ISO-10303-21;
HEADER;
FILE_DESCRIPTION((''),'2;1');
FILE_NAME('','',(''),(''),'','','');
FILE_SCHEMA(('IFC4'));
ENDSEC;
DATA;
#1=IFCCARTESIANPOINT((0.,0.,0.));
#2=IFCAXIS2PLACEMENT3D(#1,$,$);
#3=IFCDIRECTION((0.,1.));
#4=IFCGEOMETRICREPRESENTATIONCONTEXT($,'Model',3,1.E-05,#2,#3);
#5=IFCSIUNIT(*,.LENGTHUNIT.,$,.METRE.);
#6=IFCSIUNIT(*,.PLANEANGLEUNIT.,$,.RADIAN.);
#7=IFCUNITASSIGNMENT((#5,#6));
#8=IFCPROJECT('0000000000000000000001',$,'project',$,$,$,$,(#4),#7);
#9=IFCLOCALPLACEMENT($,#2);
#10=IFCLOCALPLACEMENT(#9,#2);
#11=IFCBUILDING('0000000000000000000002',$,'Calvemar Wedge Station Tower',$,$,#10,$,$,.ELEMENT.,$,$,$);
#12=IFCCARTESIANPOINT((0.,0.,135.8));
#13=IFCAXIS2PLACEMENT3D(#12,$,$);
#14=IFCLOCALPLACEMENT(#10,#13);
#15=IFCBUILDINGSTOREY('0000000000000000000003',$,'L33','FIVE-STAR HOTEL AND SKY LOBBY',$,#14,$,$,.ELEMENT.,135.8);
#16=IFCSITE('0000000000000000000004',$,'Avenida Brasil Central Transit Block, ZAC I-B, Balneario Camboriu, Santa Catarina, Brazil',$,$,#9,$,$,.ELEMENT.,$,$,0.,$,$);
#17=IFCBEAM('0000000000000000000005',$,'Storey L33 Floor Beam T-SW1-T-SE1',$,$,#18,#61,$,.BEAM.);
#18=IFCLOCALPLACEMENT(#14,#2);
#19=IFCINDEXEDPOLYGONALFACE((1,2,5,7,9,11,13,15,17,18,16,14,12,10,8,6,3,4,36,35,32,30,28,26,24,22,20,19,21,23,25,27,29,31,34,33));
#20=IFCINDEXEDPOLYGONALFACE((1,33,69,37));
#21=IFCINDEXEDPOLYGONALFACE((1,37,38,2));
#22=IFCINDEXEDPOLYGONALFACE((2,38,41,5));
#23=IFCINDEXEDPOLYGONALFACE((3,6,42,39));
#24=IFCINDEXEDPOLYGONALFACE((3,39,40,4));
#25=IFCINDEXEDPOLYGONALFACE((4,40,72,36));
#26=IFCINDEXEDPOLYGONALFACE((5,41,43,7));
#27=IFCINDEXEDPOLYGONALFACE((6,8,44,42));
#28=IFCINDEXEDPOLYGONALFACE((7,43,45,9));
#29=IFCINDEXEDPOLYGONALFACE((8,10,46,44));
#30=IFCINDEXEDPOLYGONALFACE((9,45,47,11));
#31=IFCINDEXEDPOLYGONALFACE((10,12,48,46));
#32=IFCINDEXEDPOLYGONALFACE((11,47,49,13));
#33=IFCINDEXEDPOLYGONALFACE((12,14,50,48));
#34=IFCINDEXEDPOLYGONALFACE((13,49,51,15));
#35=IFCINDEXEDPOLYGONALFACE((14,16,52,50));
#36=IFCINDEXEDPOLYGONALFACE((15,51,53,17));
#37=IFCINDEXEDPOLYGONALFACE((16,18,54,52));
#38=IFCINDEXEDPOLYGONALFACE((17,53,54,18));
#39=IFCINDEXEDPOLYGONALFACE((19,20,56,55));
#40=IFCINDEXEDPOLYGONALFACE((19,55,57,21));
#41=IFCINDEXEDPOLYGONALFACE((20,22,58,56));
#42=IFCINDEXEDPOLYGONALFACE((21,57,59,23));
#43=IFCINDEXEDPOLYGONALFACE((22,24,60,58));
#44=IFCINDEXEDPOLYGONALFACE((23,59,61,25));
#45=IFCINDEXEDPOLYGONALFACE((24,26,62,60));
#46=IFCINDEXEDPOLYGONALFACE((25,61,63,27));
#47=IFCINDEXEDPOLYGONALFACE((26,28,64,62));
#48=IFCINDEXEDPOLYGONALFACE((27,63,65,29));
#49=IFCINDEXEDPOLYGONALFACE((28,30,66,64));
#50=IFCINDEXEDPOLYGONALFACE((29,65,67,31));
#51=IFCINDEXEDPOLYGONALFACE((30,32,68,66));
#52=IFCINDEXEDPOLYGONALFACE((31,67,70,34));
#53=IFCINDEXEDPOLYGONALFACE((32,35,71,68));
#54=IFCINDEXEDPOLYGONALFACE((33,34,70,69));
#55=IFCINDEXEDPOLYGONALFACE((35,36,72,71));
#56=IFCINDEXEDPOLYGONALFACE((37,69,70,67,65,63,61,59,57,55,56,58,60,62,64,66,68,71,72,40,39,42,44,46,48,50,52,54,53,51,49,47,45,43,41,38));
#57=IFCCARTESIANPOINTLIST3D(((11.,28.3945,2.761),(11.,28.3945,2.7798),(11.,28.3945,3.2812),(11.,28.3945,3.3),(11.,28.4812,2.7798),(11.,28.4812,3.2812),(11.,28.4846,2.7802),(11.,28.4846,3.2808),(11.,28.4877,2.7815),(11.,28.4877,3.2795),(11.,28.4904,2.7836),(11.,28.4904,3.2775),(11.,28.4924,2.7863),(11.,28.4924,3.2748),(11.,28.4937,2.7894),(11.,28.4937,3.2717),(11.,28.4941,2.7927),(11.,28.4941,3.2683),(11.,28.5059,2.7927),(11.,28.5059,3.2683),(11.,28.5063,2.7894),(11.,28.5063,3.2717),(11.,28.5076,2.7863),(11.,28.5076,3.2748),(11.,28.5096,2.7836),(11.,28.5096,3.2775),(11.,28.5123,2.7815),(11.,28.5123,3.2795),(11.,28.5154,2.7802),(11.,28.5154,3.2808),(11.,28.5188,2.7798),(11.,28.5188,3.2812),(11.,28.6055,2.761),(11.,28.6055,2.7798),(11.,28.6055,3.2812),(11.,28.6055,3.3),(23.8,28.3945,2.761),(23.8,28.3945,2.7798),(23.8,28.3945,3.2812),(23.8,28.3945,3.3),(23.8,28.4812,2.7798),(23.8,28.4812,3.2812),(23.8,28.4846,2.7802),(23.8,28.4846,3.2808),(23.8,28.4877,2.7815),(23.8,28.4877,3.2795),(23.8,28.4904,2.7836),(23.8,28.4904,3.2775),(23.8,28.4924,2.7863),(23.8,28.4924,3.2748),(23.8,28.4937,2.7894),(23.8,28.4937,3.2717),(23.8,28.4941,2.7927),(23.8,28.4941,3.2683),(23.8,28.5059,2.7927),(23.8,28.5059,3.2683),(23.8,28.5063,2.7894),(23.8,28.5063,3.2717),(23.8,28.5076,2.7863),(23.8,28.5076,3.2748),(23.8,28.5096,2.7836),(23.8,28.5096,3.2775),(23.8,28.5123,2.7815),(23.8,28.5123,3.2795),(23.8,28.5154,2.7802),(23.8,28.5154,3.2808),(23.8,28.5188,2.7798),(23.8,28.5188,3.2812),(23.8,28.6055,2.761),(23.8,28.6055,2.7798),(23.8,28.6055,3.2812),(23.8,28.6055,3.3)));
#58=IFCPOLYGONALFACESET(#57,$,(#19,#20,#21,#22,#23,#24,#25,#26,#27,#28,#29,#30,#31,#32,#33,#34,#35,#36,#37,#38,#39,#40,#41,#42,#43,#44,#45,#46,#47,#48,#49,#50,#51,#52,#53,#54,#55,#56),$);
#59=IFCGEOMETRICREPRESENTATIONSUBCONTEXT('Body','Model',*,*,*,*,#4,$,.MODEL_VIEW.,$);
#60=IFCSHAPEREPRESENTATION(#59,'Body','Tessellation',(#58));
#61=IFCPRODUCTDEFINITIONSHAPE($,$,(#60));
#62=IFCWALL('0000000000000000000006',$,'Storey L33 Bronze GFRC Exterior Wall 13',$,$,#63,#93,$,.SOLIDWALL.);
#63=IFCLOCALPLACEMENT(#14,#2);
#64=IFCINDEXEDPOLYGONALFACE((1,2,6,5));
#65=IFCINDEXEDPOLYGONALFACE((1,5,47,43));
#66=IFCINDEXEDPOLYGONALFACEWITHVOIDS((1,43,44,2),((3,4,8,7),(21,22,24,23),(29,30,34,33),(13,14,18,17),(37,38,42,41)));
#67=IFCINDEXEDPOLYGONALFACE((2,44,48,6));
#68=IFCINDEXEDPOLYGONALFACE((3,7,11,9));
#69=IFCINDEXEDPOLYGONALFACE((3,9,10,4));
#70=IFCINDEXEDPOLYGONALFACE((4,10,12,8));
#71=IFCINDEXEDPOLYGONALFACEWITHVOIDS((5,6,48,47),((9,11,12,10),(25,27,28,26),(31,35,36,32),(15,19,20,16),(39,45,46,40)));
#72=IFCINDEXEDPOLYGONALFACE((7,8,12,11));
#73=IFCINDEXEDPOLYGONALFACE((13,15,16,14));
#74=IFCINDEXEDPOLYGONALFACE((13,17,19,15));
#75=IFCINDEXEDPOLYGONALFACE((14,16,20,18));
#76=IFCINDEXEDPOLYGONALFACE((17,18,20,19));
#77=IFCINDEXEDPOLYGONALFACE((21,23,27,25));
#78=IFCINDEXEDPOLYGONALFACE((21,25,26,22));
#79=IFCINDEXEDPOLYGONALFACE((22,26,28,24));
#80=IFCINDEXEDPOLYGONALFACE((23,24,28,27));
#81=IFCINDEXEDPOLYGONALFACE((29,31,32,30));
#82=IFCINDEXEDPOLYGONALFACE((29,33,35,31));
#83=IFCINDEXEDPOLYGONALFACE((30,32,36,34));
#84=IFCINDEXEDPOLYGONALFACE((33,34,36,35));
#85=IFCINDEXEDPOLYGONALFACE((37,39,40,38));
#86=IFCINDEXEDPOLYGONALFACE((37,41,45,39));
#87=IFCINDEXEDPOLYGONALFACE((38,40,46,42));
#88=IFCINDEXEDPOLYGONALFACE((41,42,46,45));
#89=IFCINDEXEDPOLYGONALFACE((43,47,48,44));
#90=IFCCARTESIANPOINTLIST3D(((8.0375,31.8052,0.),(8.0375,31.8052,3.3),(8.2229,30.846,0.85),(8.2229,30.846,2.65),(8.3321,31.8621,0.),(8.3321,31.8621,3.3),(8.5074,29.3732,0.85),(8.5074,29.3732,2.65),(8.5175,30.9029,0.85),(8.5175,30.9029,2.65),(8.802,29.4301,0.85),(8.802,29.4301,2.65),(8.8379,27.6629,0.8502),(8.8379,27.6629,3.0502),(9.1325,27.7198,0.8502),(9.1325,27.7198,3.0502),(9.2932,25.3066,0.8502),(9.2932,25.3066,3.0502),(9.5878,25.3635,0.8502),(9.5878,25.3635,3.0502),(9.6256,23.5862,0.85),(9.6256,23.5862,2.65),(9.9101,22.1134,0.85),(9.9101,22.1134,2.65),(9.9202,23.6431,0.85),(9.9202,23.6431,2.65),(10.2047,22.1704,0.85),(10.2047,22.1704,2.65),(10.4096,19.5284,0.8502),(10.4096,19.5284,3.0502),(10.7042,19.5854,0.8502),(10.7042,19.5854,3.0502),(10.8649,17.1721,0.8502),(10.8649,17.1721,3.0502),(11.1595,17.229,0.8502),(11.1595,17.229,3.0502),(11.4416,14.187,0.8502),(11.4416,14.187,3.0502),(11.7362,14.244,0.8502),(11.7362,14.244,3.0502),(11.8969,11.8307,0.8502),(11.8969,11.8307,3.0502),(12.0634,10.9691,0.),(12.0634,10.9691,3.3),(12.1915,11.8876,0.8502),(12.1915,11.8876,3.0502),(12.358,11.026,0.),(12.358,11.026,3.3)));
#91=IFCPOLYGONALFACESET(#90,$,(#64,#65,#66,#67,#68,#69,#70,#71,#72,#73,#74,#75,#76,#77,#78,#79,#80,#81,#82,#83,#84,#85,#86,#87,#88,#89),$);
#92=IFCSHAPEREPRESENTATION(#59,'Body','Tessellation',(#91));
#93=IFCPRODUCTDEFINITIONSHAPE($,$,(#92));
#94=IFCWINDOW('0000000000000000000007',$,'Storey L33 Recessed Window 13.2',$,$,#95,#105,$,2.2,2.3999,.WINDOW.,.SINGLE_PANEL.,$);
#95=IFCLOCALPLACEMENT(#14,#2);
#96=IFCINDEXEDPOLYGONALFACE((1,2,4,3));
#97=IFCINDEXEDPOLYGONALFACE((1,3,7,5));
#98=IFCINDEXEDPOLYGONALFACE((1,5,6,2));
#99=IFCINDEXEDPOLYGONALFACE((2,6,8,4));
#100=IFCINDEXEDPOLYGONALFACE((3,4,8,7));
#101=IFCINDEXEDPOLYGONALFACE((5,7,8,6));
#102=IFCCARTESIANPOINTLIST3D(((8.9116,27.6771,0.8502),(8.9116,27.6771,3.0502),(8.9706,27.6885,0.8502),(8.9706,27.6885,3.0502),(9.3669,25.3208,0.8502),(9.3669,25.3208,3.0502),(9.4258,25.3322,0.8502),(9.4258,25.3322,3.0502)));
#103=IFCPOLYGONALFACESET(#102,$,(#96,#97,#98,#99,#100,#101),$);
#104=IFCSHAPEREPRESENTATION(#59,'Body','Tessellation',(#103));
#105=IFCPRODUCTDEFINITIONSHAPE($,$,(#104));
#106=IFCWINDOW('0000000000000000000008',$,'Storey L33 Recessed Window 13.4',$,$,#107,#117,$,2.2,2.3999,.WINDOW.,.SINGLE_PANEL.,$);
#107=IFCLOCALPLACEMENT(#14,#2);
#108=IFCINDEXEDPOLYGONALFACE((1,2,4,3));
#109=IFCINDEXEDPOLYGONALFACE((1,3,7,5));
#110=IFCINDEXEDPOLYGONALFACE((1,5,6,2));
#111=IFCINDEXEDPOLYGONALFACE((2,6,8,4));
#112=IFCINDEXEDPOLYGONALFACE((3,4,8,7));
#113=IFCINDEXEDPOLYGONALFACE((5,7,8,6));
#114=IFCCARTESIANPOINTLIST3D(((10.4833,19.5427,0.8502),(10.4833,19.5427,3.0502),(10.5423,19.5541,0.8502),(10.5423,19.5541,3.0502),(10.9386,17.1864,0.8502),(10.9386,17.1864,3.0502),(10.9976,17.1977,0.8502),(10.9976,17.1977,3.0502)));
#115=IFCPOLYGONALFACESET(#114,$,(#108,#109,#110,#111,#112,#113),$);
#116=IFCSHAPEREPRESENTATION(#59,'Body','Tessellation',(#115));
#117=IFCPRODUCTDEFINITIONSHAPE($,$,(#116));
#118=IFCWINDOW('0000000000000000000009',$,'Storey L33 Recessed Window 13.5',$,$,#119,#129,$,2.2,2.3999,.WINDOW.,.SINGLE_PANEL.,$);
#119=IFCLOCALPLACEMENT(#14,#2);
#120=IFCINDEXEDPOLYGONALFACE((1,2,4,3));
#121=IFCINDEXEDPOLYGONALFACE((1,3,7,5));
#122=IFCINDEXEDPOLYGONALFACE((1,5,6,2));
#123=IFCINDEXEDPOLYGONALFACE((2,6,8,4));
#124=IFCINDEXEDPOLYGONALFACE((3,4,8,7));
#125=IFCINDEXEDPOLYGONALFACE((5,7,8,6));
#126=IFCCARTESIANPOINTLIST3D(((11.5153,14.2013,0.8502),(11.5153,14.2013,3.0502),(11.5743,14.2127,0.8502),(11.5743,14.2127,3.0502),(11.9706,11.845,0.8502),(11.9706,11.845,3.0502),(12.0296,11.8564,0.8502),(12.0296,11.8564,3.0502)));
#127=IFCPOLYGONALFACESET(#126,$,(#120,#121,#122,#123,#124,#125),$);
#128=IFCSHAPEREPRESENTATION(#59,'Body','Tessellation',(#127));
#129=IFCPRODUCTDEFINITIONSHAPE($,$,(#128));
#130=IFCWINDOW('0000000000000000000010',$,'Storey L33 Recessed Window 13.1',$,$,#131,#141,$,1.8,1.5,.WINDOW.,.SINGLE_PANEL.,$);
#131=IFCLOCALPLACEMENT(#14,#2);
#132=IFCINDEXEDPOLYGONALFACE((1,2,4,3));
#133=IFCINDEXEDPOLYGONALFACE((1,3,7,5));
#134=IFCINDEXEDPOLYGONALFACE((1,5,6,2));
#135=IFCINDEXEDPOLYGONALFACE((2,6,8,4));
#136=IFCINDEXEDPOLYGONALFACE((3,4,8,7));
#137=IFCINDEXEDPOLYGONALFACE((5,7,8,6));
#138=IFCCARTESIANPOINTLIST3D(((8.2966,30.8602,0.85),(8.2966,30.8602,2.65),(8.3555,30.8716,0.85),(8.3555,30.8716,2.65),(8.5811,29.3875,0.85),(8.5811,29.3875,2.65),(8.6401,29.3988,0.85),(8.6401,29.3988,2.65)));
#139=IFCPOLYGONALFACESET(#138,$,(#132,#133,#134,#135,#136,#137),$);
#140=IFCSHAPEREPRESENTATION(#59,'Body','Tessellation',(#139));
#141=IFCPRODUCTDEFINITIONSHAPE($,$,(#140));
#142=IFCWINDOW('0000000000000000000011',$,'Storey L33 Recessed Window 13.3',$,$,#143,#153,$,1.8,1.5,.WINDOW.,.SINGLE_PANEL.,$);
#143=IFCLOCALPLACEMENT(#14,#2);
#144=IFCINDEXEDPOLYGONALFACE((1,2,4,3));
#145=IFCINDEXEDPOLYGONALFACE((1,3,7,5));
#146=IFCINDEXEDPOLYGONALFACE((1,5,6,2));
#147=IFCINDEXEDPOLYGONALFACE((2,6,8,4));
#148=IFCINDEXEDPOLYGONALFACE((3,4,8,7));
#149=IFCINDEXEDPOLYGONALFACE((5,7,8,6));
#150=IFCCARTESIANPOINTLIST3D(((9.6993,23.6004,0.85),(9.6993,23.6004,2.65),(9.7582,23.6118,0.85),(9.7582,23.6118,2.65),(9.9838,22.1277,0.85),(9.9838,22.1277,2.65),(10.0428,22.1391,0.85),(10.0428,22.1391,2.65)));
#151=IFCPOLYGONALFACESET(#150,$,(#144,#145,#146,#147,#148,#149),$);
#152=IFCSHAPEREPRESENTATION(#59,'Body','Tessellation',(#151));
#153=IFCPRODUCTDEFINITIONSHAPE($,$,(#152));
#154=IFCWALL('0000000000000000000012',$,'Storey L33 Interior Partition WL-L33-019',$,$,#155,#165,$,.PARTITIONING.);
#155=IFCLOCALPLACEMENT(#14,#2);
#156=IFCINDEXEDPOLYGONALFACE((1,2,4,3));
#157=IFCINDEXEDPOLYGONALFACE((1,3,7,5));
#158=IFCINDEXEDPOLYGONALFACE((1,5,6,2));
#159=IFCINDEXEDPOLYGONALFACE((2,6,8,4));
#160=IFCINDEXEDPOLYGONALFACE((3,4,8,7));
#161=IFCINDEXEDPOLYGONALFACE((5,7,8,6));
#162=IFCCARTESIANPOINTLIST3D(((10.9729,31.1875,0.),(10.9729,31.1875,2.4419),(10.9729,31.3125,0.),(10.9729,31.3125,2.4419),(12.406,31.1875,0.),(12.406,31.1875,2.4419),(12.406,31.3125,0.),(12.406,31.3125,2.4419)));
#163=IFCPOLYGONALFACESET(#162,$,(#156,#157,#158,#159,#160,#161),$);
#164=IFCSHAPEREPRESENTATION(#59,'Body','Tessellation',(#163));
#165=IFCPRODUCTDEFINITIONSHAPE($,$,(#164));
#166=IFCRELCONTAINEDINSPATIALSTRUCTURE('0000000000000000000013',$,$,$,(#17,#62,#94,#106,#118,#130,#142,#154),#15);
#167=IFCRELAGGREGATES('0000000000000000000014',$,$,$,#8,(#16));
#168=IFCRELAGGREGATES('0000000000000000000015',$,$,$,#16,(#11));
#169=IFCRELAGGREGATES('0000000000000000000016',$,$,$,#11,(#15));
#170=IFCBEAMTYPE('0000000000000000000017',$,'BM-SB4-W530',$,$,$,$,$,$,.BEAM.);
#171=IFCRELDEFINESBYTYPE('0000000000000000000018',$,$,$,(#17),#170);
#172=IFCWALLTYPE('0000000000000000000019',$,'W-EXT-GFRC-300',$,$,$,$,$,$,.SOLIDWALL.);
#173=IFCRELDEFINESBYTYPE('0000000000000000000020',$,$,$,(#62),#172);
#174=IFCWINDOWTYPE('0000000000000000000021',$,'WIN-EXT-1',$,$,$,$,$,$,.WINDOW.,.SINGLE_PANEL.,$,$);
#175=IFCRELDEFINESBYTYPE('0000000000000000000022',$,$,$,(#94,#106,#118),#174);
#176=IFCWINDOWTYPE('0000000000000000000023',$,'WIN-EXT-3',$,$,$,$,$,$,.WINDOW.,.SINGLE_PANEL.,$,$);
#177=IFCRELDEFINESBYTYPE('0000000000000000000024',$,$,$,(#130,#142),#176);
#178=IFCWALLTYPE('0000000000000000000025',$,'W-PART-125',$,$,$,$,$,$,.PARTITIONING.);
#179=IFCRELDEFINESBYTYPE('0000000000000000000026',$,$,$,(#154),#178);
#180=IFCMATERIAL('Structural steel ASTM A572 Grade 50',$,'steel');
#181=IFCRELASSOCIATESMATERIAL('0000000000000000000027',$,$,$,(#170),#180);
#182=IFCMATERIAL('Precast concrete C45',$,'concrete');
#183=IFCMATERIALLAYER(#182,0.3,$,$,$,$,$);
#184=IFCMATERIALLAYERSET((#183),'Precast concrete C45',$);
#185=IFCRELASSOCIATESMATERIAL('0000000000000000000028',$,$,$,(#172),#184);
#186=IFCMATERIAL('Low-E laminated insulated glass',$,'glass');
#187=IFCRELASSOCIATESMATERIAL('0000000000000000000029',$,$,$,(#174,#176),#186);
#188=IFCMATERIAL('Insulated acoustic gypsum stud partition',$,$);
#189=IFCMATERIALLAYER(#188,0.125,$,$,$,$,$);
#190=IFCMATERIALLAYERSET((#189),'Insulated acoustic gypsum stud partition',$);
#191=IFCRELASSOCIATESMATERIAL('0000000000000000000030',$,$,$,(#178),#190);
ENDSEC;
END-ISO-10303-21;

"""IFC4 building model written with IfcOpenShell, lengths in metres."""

from ifc_helpers import new_model, si_unit, direction, frame, frame_2d, origin, origin_2d, place, context, subcontext, project, spatial, rectangle, i_section, extrude, source, transform, mapped, material, layer, layer_set, material_profile, profile_set, type_object, element, fill, save


model = new_model("IFC4")

# Units and contexts
model_context = context("Model", 3, precision=1e-05, world=origin(), true_north=direction((0.0, 1.0)))
body_context = subcontext(model_context, "Body", "Model", "MODEL_VIEW")
ifc_project = project(units=[si_unit("LENGTHUNIT", "METRE"), si_unit("PLANEANGLEUNIT", "RADIAN")], contexts=[model_context])

# Site, building, storey
site_placement = place(None, origin())
site = spatial("IfcSite", under=ifc_project, at=site_placement, Name="Avenida Brasil Central Transit Block, ZAC I-B, Balneario Camboriu, Santa Catarina, Brazil", CompositionType="ELEMENT", RefElevation=0.0)
building_placement = place(site_placement, origin())
building = spatial("IfcBuilding", under=site, at=building_placement, Name="Calvemar Wedge Station Tower", CompositionType="ELEMENT")
storey_placement = place(building_placement, frame((0.0, 0.0, 135.8)))
storey = spatial("IfcBuildingStorey", under=building, at=storey_placement, Name="L33", Description="FIVE-STAR HOTEL AND SKY LOBBY", CompositionType="ELEMENT", Elevation=135.8)

# Beam
ifc_material_1 = material(Name="Structural steel ASTM A572 Grade 50", Category="steel")
ifc_material_profile_1 = material_profile(ifc_material_1, i_section(OverallWidth=0.2109, OverallDepth=0.5391, WebThickness=0.0117, FlangeThickness=0.0188, FilletRadius=0.0129, at=origin_2d()), Name="W530x109")
ifc_profile_set_1 = profile_set([ifc_material_profile_1], Name="Structural steel ASTM A572 Grade 50")
beam_type_1 = type_object("IfcBeamType", Name="BM-SB4-W530", PredefinedType="BEAM", material=ifc_profile_set_1)
shared_shape_1 = source(origin(), body_context, "Body", "SweptSolid", [
    extrude(i_section(OverallWidth=0.2109, OverallDepth=0.5391, WebThickness=0.0117, FlangeThickness=0.0188, FilletRadius=0.0129, at=origin_2d()), origin(), (0.0, 0.0, 1.0), 12.8),
])
beam_1_placement = place(storey_placement, frame((11.0, 28.5, 3.0305), z_axis=(1.0, 0.0, 0.0), x_axis=(0.0, 1.0, 0.0)))
element("IfcBeam", 1, at=beam_1_placement, inside=storey, type_object=beam_type_1, Name="Storey L33 Floor Beam T-SW1-T-SE1", PredefinedType="BEAM", context=body_context, shape_type="MappedRepresentation", body=[
    mapped(shared_shape_1, transform((0.0, 0.0, 0.0), scale=1.0)),
])

# Wall, openings, windows
ifc_material_2 = material(Name="Precast concrete C45", Category="concrete")
ifc_layer_1 = layer(ifc_material_2, 0.3)
ifc_layer_set_1 = layer_set([ifc_layer_1], Name="Precast concrete C45")
wall_type_1 = type_object("IfcWallType", Name="W-EXT-GFRC-300", PredefinedType="SOLIDWALL", material=ifc_layer_set_1)
wall_1_placement = place(storey_placement, frame((8.1848, 31.8337, 0.0), z_axis=(0.0, 0.0, 1.0), x_axis=(0.189707, -0.981841, 0.0)))
wall_1 = element("IfcWall", 2, at=wall_1_placement, inside=storey, type_object=wall_type_1, Name="Storey L33 Bronze GFRC Exterior Wall 13", PredefinedType="SOLIDWALL", context=body_context, shape_type="SweptSolid", body=[
    extrude(rectangle(XDim=21.2214, YDim=0.3, at=frame_2d((10.6108, 0.0))), origin(), (0.0, 0.0, 1.0), 3.3),
])
shared_shape_2 = source(origin(), body_context, "Body", "SweptSolid", [
    extrude(rectangle(XDim=1.5, YDim=1.8, at=frame_2d((0.75, 0.8999))), frame((0.0, 0.1602, 0.0), z_axis=(0.0, -1.0, 0.0), x_axis=(1.0, 0.0, 0.0)), (0.0, 0.0, 1.0), 0.3201),
])
opening_1_placement = place(wall_1_placement, frame((0.9771, 0.0, 0.8501)))
opening_1 = element("IfcOpeningElement", 3, at=opening_1_placement, cuts=wall_1, PredefinedType="OPENING", context=body_context, shape_type="MappedRepresentation", body=[
    mapped(shared_shape_2, transform((0.0, 0.0, 0.0), scale=1.0)),
])
shared_shape_3 = source(origin(), body_context, "Body", "SweptSolid", [
    extrude(rectangle(XDim=2.3999, YDim=2.2, at=frame_2d((1.2, 1.1001))), frame((0.0, 0.1602, 0.0), z_axis=(0.0, -1.0, 0.0), x_axis=(1.0, 0.0, 0.0)), (0.0, 0.0, 1.0), 0.3201),
])
opening_2_placement = place(wall_1_placement, frame((4.219, 0.0, 0.8501)))
opening_2 = element("IfcOpeningElement", 4, at=opening_2_placement, cuts=wall_1, PredefinedType="OPENING", context=body_context, shape_type="MappedRepresentation", body=[
    mapped(shared_shape_3, transform((0.0, 0.0, 0.0), scale=1.0)),
])
opening_3_placement = place(wall_1_placement, frame((8.3711, 0.0, 0.8501)))
opening_3 = element("IfcOpeningElement", 5, at=opening_3_placement, cuts=wall_1, PredefinedType="OPENING", context=body_context, shape_type="MappedRepresentation", body=[
    mapped(shared_shape_2, transform((0.0, 0.0, 0.0), scale=1.0)),
])
opening_4_placement = place(wall_1_placement, frame((12.5039, 0.0, 0.8501)))
opening_4 = element("IfcOpeningElement", 6, at=opening_4_placement, cuts=wall_1, PredefinedType="OPENING", context=body_context, shape_type="MappedRepresentation", body=[
    mapped(shared_shape_3, transform((0.0, 0.0, 0.0), scale=1.0)),
])
opening_5_placement = place(wall_1_placement, frame((17.9441, 0.0, 0.8501)))
opening_5 = element("IfcOpeningElement", 7, at=opening_5_placement, cuts=wall_1, PredefinedType="OPENING", context=body_context, shape_type="MappedRepresentation", body=[
    mapped(shared_shape_3, transform((0.0, 0.0, 0.0), scale=1.0)),
])
ifc_material_3 = material(Name="Low-E laminated insulated glass", Category="glass")
window_type_1 = type_object("IfcWindowType", Name="WIN-EXT-1", PartitioningType="SINGLE_PANEL", PredefinedType="WINDOW", material=ifc_material_3)
shared_shape_4 = source(origin(), body_context, "Body", "SweptSolid", [
    extrude(rectangle(XDim=2.3999, YDim=2.2, at=frame_2d((1.2, 1.1001))), frame((0.0, -0.0149, 0.0), z_axis=(0.0, -1.0, 0.0), x_axis=(1.0, 0.0, 0.0)), (0.0, 0.0, 1.0), 0.0601),
])
window_1_placement = place(opening_2_placement, origin())
window_1 = element("IfcWindow", 8, at=window_1_placement, inside=storey, type_object=window_type_1, Name="Storey L33 Recessed Window 13.2", OverallHeight=2.2, OverallWidth=2.3999, PartitioningType="SINGLE_PANEL", PredefinedType="WINDOW", context=body_context, shape_type="MappedRepresentation", body=[
    mapped(shared_shape_4, transform((0.0, 0.0, 0.0), scale=1.0)),
])
fill(opening_2, window_1)
window_2_placement = place(opening_4_placement, origin())
window_2 = element("IfcWindow", 9, at=window_2_placement, inside=storey, type_object=window_type_1, Name="Storey L33 Recessed Window 13.4", OverallHeight=2.2, OverallWidth=2.3999, PartitioningType="SINGLE_PANEL", PredefinedType="WINDOW", context=body_context, shape_type="MappedRepresentation", body=[
    mapped(shared_shape_4, transform((0.0, 0.0, 0.0), scale=1.0)),
])
fill(opening_4, window_2)
window_3_placement = place(opening_5_placement, origin())
window_3 = element("IfcWindow", 10, at=window_3_placement, inside=storey, type_object=window_type_1, Name="Storey L33 Recessed Window 13.5", OverallHeight=2.2, OverallWidth=2.3999, PartitioningType="SINGLE_PANEL", PredefinedType="WINDOW", context=body_context, shape_type="MappedRepresentation", body=[
    mapped(shared_shape_4, transform((0.0, 0.0, 0.0), scale=1.0)),
])
fill(opening_5, window_3)
window_type_2 = type_object("IfcWindowType", Name="WIN-EXT-3", PartitioningType="SINGLE_PANEL", PredefinedType="WINDOW", material=ifc_material_3)
shared_shape_5 = source(origin(), body_context, "Body", "SweptSolid", [
    extrude(rectangle(XDim=1.5, YDim=1.8, at=frame_2d((0.75, 0.8999))), frame((0.0, -0.0149, 0.0), z_axis=(0.0, -1.0, 0.0), x_axis=(1.0, 0.0, 0.0)), (0.0, 0.0, 1.0), 0.0601),
])
window_4_placement = place(opening_1_placement, origin())
window_4 = element("IfcWindow", 11, at=window_4_placement, inside=storey, type_object=window_type_2, Name="Storey L33 Recessed Window 13.1", OverallHeight=1.8, OverallWidth=1.5, PartitioningType="SINGLE_PANEL", PredefinedType="WINDOW", context=body_context, shape_type="MappedRepresentation", body=[
    mapped(shared_shape_5, transform((0.0, 0.0, 0.0), scale=1.0)),
])
fill(opening_1, window_4)
window_5_placement = place(opening_3_placement, origin())
window_5 = element("IfcWindow", 12, at=window_5_placement, inside=storey, type_object=window_type_2, Name="Storey L33 Recessed Window 13.3", OverallHeight=1.8, OverallWidth=1.5, PartitioningType="SINGLE_PANEL", PredefinedType="WINDOW", context=body_context, shape_type="MappedRepresentation", body=[
    mapped(shared_shape_5, transform((0.0, 0.0, 0.0), scale=1.0)),
])
fill(opening_3, window_5)

# Wall
ifc_material_4 = material(Name="Insulated acoustic gypsum stud partition")
ifc_layer_2 = layer(ifc_material_4, 0.125)
ifc_layer_set_2 = layer_set([ifc_layer_2], Name="Insulated acoustic gypsum stud partition")
wall_type_2 = type_object("IfcWallType", Name="W-PART-125", PredefinedType="PARTITIONING", material=ifc_layer_set_2)
wall_2_placement = place(storey_placement, frame((12.406, 31.25, 0.0), z_axis=(0.0, 0.0, 1.0), x_axis=(-1.0, 0.0, 0.0)))
element("IfcWall", 13, at=wall_2_placement, inside=storey, type_object=wall_type_2, Name="Storey L33 Interior Partition WL-L33-019", PredefinedType="PARTITIONING", context=body_context, shape_type="SweptSolid", body=[
    extrude(rectangle(XDim=1.4331, YDim=0.125, at=frame_2d((0.7166, 0.0))), origin(), (0.0, 0.0, 1.0), 2.4419),
])

save(model, "model.ifc")
